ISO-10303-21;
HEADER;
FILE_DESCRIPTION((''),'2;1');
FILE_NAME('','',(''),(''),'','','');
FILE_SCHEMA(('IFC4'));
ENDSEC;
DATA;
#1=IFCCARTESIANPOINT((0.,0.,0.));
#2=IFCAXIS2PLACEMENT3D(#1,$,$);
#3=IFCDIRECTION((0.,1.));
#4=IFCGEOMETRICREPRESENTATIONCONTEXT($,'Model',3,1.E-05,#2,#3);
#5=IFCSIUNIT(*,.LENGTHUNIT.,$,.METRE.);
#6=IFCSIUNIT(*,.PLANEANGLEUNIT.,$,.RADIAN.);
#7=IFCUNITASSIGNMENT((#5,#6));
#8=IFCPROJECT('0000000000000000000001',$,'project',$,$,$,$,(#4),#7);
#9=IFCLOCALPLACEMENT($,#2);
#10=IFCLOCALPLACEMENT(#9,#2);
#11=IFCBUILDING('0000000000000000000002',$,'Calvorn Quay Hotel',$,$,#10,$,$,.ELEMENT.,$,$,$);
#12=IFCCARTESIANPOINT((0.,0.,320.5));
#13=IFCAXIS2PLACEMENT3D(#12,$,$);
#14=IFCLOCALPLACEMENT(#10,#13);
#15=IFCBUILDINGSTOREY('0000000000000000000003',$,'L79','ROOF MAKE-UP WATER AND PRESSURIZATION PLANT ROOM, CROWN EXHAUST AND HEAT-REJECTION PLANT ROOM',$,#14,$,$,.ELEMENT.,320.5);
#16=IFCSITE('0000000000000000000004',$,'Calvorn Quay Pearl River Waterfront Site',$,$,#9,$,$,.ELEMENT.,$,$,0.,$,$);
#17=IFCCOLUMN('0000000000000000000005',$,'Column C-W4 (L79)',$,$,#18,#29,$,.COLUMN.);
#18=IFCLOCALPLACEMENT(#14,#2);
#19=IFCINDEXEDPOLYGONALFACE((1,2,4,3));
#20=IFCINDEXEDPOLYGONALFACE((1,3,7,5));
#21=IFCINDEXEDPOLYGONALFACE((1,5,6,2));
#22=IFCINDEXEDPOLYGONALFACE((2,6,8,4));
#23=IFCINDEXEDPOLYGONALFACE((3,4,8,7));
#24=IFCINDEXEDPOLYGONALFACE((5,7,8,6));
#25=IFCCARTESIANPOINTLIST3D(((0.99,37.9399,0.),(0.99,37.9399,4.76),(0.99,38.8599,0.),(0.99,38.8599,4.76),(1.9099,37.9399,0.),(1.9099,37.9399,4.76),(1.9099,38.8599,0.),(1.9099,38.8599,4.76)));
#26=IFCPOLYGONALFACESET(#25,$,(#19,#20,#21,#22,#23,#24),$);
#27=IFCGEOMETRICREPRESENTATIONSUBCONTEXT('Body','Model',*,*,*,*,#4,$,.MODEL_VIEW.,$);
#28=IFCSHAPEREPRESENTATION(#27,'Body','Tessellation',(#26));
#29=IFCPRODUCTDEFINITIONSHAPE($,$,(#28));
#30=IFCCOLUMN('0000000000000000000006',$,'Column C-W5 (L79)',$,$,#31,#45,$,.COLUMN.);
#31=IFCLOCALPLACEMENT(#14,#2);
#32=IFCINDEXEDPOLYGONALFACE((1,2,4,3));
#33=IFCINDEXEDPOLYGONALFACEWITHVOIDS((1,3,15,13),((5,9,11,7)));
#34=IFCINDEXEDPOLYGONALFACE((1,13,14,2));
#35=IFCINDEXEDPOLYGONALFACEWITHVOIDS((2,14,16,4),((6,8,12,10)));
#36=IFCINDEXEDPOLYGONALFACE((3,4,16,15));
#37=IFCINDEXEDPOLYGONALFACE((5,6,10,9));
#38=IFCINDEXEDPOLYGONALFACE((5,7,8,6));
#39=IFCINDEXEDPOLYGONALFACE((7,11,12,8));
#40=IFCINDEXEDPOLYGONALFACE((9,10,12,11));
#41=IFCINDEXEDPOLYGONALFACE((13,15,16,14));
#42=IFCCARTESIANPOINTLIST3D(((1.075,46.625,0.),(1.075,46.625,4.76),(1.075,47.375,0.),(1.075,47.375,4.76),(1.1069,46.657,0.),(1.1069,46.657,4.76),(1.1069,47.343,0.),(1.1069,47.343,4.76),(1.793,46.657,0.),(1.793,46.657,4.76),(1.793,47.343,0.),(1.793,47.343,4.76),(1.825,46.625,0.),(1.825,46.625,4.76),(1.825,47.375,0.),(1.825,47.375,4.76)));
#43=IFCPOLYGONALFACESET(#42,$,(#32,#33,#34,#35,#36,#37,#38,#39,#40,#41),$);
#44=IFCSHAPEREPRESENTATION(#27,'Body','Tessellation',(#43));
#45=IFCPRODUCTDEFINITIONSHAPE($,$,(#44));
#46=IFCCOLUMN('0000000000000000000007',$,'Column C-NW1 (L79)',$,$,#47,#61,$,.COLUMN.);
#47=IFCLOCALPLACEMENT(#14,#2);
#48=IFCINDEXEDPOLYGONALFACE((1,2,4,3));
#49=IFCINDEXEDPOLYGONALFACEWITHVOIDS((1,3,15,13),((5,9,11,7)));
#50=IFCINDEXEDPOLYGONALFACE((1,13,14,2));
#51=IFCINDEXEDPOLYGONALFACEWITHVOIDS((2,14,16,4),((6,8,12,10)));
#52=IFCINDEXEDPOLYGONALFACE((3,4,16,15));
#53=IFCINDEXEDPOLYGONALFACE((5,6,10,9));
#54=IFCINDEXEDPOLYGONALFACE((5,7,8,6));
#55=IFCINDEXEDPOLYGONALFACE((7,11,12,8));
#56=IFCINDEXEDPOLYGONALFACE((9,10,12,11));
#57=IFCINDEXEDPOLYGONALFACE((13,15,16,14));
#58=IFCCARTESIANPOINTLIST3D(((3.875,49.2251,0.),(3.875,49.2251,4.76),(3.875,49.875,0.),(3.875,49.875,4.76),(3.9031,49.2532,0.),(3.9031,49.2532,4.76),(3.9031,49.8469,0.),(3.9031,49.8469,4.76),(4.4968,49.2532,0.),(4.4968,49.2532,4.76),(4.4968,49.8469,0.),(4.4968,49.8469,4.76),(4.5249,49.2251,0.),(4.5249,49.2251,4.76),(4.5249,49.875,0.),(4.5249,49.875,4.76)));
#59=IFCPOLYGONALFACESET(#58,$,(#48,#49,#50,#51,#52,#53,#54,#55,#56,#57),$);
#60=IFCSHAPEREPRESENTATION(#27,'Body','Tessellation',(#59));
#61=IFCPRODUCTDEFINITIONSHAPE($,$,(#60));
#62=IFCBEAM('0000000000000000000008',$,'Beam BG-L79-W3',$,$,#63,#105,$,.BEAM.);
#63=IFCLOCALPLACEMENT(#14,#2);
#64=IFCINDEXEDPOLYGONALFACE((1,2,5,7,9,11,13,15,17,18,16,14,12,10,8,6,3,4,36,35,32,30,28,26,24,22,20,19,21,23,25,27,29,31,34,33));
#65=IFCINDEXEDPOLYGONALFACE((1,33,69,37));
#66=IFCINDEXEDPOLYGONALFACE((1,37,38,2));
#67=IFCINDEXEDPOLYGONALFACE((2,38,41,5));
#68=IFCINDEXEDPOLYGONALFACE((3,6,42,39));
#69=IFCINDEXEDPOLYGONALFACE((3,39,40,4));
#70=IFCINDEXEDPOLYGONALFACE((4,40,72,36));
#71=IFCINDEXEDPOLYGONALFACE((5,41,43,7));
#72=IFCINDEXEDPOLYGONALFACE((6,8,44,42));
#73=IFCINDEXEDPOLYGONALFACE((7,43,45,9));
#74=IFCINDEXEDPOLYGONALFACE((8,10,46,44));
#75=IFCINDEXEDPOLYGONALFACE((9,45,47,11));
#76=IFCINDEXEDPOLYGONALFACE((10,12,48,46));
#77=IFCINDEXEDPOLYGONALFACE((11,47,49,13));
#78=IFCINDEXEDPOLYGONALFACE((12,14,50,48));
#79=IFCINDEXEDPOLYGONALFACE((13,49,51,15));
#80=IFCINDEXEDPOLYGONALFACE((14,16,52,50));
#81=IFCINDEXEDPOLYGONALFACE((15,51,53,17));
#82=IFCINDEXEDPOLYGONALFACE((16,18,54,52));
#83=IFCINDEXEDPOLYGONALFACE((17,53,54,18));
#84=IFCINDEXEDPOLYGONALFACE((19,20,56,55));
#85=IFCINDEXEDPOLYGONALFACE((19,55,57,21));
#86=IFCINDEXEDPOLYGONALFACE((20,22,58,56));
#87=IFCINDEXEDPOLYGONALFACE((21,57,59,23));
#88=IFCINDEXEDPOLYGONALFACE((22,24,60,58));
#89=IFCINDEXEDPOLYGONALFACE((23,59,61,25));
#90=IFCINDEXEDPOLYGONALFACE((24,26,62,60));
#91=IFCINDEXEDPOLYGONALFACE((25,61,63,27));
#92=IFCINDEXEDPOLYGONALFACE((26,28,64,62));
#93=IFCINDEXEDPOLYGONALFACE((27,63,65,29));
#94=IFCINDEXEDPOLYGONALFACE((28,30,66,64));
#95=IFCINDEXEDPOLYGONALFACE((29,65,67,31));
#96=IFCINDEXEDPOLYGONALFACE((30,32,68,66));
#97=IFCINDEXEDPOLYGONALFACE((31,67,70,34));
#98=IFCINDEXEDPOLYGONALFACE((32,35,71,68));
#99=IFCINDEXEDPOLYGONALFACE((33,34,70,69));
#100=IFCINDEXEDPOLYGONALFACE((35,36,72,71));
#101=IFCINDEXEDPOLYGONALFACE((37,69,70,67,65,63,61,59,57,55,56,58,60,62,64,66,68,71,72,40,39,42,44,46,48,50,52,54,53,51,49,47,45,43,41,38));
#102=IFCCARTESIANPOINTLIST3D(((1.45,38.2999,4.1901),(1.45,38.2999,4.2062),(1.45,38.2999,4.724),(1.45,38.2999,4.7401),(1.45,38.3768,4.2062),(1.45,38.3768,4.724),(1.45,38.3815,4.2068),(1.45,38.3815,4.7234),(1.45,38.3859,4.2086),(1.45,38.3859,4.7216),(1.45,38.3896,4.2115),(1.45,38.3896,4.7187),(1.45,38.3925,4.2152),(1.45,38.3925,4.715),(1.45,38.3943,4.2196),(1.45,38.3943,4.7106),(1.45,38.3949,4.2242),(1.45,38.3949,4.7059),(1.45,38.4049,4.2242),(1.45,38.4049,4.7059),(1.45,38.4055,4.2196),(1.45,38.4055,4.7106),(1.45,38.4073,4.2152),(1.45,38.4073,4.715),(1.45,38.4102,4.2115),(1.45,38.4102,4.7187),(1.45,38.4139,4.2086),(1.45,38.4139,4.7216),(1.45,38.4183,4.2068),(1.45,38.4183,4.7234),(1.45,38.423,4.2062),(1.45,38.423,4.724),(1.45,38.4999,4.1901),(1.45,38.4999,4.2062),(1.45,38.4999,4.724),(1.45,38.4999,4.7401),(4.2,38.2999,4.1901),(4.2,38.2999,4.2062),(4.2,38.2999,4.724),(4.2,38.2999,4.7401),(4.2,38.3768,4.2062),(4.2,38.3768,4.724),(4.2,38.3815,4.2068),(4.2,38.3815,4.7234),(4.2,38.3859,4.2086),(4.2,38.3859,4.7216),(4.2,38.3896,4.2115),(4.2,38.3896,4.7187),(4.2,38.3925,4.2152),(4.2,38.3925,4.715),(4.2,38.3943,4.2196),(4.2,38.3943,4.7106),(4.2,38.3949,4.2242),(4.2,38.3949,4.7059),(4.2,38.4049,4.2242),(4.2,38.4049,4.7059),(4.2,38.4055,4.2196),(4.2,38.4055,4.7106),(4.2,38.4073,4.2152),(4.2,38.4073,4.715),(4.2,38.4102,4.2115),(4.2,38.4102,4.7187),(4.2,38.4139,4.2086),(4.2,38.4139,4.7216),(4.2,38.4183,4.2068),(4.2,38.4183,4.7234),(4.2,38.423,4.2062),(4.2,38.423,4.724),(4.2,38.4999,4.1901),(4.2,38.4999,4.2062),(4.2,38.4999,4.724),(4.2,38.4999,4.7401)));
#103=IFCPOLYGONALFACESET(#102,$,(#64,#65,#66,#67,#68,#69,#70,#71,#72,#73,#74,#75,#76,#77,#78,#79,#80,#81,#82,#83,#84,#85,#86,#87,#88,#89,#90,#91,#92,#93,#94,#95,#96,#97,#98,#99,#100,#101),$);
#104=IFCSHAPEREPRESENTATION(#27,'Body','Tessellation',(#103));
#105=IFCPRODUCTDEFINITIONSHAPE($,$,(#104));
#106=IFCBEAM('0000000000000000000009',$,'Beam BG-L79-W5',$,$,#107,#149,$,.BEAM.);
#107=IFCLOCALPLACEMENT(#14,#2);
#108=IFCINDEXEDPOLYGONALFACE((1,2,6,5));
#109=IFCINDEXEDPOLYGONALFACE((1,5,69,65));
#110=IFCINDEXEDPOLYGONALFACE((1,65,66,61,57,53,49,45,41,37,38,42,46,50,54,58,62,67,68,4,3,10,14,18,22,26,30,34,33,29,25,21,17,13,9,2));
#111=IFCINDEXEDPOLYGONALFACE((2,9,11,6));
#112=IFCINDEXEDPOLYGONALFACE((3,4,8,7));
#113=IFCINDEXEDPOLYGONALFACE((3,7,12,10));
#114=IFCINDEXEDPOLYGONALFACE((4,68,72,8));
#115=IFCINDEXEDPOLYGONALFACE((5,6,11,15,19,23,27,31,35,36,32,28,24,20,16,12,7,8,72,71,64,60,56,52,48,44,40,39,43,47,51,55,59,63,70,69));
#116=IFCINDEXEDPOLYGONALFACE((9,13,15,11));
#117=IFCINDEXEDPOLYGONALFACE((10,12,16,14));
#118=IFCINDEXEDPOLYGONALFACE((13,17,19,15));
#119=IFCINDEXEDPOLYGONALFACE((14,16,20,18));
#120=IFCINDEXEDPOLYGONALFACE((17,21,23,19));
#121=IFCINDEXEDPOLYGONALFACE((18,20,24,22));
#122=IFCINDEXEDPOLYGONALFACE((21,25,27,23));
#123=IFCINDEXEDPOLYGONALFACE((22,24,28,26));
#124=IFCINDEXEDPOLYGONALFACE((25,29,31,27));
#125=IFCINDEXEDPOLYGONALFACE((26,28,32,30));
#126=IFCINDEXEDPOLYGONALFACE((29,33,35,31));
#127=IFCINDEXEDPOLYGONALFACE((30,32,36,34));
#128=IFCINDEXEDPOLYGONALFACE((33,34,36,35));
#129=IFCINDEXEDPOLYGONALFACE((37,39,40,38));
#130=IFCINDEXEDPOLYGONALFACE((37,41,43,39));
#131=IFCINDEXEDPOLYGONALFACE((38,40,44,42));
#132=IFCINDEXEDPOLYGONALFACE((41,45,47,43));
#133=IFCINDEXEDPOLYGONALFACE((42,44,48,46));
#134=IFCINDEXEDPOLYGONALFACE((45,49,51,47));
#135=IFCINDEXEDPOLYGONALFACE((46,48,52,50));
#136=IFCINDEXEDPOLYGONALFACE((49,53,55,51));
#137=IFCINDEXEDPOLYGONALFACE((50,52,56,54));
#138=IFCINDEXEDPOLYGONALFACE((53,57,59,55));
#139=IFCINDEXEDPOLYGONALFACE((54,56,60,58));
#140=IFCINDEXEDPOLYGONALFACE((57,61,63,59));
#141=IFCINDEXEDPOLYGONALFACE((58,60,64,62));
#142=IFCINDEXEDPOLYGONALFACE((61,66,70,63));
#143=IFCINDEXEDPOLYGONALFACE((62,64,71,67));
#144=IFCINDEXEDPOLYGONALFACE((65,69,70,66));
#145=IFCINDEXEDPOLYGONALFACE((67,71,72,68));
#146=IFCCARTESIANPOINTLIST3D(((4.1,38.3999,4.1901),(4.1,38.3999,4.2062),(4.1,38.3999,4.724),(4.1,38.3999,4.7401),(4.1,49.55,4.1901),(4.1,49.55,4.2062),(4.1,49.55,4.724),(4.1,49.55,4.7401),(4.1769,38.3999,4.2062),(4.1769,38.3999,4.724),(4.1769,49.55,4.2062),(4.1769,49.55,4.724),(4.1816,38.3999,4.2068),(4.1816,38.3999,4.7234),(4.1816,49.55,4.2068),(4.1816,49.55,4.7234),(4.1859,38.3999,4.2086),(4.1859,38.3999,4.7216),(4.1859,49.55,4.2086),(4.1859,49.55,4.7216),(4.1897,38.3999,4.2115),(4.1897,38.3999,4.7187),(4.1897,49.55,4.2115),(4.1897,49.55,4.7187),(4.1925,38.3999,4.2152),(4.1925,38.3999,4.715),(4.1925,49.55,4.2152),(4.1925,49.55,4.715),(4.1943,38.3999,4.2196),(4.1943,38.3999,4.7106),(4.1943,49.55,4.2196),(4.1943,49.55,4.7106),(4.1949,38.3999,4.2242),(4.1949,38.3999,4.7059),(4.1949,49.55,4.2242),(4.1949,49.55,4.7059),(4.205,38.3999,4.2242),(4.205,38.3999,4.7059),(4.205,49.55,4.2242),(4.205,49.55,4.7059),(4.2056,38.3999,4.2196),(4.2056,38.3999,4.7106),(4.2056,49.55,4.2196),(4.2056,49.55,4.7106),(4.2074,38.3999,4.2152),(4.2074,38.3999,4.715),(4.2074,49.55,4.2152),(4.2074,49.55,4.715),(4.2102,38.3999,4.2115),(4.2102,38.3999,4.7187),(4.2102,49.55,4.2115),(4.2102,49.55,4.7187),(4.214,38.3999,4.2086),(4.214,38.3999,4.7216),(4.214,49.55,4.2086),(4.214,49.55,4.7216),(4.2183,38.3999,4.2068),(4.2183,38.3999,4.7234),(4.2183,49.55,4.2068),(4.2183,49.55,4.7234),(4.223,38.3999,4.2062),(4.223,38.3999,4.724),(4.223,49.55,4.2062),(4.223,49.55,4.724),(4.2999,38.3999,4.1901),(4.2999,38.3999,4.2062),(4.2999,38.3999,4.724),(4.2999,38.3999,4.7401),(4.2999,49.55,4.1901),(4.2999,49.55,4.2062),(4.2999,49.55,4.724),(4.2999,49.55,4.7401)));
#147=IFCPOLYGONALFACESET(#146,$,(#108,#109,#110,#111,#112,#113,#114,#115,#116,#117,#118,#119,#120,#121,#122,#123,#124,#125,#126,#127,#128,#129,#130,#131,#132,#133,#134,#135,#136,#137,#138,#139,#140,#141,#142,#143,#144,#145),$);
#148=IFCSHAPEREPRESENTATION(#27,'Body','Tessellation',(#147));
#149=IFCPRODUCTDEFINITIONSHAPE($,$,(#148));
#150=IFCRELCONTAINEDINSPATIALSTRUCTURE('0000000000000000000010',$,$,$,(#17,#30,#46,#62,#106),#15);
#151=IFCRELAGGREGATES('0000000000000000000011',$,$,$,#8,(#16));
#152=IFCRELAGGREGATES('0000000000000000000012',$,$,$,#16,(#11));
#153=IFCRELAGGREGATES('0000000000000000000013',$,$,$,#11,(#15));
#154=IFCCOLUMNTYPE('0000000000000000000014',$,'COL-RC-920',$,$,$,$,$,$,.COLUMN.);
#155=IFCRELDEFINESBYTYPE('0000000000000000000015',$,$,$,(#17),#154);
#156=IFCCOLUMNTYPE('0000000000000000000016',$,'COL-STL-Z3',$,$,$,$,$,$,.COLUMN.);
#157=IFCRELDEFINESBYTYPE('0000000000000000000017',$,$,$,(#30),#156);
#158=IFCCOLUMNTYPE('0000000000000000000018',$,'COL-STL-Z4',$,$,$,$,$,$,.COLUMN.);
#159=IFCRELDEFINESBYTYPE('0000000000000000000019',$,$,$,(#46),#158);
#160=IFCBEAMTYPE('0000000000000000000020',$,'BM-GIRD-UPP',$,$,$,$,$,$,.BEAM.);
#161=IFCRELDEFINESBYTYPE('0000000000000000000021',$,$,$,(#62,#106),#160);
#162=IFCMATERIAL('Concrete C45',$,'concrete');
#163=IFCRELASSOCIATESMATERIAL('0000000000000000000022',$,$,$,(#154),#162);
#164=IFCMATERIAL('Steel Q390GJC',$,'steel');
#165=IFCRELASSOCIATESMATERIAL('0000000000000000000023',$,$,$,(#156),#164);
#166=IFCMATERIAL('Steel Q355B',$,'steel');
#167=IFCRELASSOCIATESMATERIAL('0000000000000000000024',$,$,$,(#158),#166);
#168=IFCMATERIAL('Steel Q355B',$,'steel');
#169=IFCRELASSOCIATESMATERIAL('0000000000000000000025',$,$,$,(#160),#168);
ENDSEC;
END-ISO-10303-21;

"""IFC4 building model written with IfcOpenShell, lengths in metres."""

from ifc_helpers import new_model, si_unit, direction, frame, origin, origin_2d, place, context, subcontext, project, spatial, rectangle, hollow_rectangle, i_section, extrude, material, material_profile, profile_set, type_object, element, save


model = new_model("IFC4")

# Units and contexts
model_context = context("Model", 3, precision=1e-05, world=origin(), true_north=direction((0.0, 1.0)))
body_context = subcontext(model_context, "Body", "Model", "MODEL_VIEW")
ifc_project = project(units=[si_unit("LENGTHUNIT", "METRE"), si_unit("PLANEANGLEUNIT", "RADIAN")], contexts=[model_context])

# Site, building, storey
site_placement = place(None, origin())
site = spatial("IfcSite", under=ifc_project, at=site_placement, Name="Calvorn Quay Pearl River Waterfront Site", CompositionType="ELEMENT", RefElevation=0.0)
building_placement = place(site_placement, origin())
building = spatial("IfcBuilding", under=site, at=building_placement, Name="Calvorn Quay Hotel", CompositionType="ELEMENT")
storey_placement = place(building_placement, frame((0.0, 0.0, 320.5)))
storey = spatial("IfcBuildingStorey", under=building, at=storey_placement, Name="L79", Description="ROOF MAKE-UP WATER AND PRESSURIZATION PLANT ROOM, CROWN EXHAUST AND HEAT-REJECTION PLANT ROOM", CompositionType="ELEMENT", Elevation=320.5)

# Columns
ifc_material_1 = material(Name="Concrete C45", Category="concrete")
ifc_material_profile_1 = material_profile(ifc_material_1, rectangle(XDim=0.9199, YDim=0.9199, at=origin_2d()), Name="RC920x920")
ifc_profile_set_1 = profile_set([ifc_material_profile_1], Name="Concrete C45")
column_type_1 = type_object("IfcColumnType", Name="COL-RC-920", PredefinedType="COLUMN", material=ifc_profile_set_1)
column_1_placement = place(storey_placement, frame((1.45, 38.3999, 0.0), z_axis=(0.0, 0.0, 1.0), x_axis=(1.0, 0.0, 0.0)))
element("IfcColumn", 1, at=column_1_placement, inside=storey, type_object=column_type_1, Name="Column C-W4 (L79)", PredefinedType="COLUMN", context=body_context, shape_type="SweptSolid", body=[
    extrude(rectangle(XDim=0.9199, YDim=0.9199, at=origin_2d()), origin(), (0.0, 0.0, 1.0), 4.76),
])
ifc_material_2 = material(Name="Steel Q390GJC", Category="steel")
ifc_material_profile_2 = material_profile(ifc_material_2, hollow_rectangle(XDim=0.75, YDim=0.75, WallThickness=0.032, at=origin_2d()), Name="BOX750x750x32")
ifc_profile_set_2 = profile_set([ifc_material_profile_2], Name="Steel Q390GJC")
column_type_2 = type_object("IfcColumnType", Name="COL-STL-Z3", PredefinedType="COLUMN", material=ifc_profile_set_2)
column_2_placement = place(storey_placement, frame((1.45, 47.0, 0.0), z_axis=(0.0, 0.0, 1.0), x_axis=(1.0, 0.0, 0.0)))
element("IfcColumn", 2, at=column_2_placement, inside=storey, type_object=column_type_2, Name="Column C-W5 (L79)", PredefinedType="COLUMN", context=body_context, shape_type="SweptSolid", body=[
    extrude(hollow_rectangle(XDim=0.75, YDim=0.75, WallThickness=0.032, at=origin_2d()), origin(), (0.0, 0.0, 1.0), 4.76),
])
ifc_material_3 = material(Name="Steel Q355B", Category="steel")
ifc_material_profile_3 = material_profile(ifc_material_3, hollow_rectangle(XDim=0.6499, YDim=0.6499, WallThickness=0.0281, at=origin_2d()), Name="BOX650x650x28")
ifc_profile_set_3 = profile_set([ifc_material_profile_3], Name="Steel Q355B")
column_type_3 = type_object("IfcColumnType", Name="COL-STL-Z4", PredefinedType="COLUMN", material=ifc_profile_set_3)
column_3_placement = place(storey_placement, frame((4.2, 49.55, 0.0), z_axis=(0.0, 0.0, 1.0), x_axis=(1.0, 0.0, 0.0)))
element("IfcColumn", 3, at=column_3_placement, inside=storey, type_object=column_type_3, Name="Column C-NW1 (L79)", PredefinedType="COLUMN", context=body_context, shape_type="SweptSolid", body=[
    extrude(hollow_rectangle(XDim=0.6499, YDim=0.6499, WallThickness=0.0281, at=origin_2d()), origin(), (0.0, 0.0, 1.0), 4.76),
])

# Beams
ifc_material_4 = material(Name="Steel Q355B", Category="steel")
ifc_material_profile_4 = material_profile(ifc_material_4, i_section(OverallWidth=0.2, OverallDepth=0.55, WebThickness=0.01, FlangeThickness=0.0161, FilletRadius=0.0181, at=origin_2d()), Name="HN550x200x10x16")
ifc_profile_set_4 = profile_set([ifc_material_profile_4], Name="Steel Q355B")
beam_type_1 = type_object("IfcBeamType", Name="BM-GIRD-UPP", PredefinedType="BEAM", material=ifc_profile_set_4)
beam_1_placement = place(storey_placement, frame((1.45, 38.3999, 4.4651), z_axis=(1.0, 0.0, 0.0), x_axis=(0.0, 1.0, 0.0)))
element("IfcBeam", 4, at=beam_1_placement, inside=storey, type_object=beam_type_1, Name="Beam BG-L79-W3", PredefinedType="BEAM", context=body_context, shape_type="SweptSolid", body=[
    extrude(i_section(OverallWidth=0.2, OverallDepth=0.55, WebThickness=0.01, FlangeThickness=0.0161, FilletRadius=0.0181, at=origin_2d()), origin(), (0.0, 0.0, 1.0), 2.75),
])
beam_2_placement = place(storey_placement, frame((4.2, 49.55, 4.4651), z_axis=(0.0, -1.0, 0.0), x_axis=(1.0, 0.0, 0.0)))
element("IfcBeam", 5, at=beam_2_placement, inside=storey, type_object=beam_type_1, Name="Beam BG-L79-W5", PredefinedType="BEAM", context=body_context, shape_type="SweptSolid", body=[
    extrude(i_section(OverallWidth=0.2, OverallDepth=0.55, WebThickness=0.01, FlangeThickness=0.0161, FilletRadius=0.0181, at=origin_2d()), origin(), (0.0, 0.0, 1.0), 11.1501),
])

save(model, "model.ifc")
